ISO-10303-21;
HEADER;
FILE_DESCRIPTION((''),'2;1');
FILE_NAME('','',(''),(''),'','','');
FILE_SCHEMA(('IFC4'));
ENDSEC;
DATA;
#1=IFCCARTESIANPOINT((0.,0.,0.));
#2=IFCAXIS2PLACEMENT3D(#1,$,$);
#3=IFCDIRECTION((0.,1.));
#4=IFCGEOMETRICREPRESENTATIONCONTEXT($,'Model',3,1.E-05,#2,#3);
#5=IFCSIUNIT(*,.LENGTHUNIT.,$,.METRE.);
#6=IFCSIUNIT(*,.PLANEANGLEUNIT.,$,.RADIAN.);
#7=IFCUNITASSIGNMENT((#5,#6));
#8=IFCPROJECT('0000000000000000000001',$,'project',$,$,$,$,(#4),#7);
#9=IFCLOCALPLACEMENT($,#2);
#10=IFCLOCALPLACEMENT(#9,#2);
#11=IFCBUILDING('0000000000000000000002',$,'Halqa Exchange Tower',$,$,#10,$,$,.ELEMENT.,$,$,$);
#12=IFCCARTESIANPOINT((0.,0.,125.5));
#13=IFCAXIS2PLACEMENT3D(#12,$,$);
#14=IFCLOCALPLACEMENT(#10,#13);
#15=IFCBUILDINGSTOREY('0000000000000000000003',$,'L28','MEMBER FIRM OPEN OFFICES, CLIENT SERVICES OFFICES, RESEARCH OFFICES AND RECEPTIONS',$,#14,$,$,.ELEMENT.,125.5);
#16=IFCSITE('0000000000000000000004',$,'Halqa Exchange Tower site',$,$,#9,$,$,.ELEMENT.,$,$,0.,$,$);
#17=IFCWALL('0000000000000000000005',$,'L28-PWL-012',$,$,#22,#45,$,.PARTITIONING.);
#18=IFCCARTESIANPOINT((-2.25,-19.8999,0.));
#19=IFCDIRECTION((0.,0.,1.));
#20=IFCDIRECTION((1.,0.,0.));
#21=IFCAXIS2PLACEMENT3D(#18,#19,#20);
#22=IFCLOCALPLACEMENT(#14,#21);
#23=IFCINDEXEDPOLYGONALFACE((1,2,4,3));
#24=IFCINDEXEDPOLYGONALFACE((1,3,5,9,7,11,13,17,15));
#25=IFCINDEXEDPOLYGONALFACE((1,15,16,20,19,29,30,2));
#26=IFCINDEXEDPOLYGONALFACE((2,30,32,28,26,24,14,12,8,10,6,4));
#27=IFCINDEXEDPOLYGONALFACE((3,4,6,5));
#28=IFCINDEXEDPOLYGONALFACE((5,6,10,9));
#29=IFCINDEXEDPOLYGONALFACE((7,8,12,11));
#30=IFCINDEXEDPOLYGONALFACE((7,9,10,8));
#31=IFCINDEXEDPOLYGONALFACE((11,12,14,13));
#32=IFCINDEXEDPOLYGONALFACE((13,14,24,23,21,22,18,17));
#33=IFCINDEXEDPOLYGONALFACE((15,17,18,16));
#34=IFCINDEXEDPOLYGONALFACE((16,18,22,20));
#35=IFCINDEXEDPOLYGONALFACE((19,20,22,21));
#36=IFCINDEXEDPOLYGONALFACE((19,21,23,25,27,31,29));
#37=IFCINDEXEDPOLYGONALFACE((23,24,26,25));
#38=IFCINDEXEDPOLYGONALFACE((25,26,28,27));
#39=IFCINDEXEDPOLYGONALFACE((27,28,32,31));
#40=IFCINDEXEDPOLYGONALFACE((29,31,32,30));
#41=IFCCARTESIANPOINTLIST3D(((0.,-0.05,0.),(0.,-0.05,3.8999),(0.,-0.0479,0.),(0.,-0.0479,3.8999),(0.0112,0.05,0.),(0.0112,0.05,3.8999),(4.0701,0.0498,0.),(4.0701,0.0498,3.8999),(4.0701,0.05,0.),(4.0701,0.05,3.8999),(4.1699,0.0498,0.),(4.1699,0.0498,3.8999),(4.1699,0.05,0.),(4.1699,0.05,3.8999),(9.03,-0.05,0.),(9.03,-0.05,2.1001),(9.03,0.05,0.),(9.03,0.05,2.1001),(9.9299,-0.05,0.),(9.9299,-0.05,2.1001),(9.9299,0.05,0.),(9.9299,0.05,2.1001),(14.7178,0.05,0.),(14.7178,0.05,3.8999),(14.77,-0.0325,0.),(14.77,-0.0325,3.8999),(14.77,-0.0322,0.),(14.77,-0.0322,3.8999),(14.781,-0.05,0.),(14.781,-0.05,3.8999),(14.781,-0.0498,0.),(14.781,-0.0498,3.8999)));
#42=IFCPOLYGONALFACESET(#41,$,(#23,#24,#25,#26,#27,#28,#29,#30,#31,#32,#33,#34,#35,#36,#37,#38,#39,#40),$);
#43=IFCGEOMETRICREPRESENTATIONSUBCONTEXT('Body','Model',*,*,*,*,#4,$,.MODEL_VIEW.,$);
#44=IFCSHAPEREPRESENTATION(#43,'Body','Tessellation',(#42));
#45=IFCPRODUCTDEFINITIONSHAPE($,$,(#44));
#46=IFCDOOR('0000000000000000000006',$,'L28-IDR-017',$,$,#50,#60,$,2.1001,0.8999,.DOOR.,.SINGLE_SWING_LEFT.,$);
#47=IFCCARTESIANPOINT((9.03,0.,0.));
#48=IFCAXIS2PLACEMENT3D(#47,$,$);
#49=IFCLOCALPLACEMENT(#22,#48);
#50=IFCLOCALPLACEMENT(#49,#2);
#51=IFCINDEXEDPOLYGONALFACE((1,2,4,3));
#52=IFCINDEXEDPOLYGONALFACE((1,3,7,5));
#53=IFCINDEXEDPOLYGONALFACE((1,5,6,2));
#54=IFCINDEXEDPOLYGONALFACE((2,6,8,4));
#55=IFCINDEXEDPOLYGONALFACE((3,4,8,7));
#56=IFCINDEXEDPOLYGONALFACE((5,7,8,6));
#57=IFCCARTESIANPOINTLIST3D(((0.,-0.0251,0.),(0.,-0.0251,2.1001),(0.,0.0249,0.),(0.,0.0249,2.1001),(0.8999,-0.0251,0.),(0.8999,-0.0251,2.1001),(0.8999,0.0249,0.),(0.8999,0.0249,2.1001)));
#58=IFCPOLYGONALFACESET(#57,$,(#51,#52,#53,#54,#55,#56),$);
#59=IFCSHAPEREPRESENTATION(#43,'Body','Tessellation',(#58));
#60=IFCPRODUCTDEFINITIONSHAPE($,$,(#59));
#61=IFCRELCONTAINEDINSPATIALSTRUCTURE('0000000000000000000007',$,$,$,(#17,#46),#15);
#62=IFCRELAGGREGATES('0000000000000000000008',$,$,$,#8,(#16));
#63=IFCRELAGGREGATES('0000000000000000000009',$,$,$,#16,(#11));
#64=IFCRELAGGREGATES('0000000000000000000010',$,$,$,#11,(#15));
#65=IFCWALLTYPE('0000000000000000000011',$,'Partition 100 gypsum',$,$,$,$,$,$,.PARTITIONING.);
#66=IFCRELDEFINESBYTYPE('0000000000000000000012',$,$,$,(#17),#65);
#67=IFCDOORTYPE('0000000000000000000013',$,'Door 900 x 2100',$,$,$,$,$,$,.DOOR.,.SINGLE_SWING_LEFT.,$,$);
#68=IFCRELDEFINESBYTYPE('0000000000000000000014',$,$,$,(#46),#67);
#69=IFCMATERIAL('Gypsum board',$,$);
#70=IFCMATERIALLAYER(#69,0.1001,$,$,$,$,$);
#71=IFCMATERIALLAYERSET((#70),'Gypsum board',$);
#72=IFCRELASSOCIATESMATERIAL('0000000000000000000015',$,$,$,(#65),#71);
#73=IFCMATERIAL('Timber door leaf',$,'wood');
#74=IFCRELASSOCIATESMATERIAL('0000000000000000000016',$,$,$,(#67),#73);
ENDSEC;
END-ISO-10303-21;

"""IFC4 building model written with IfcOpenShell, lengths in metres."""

from ifc_helpers import new_model, si_unit, direction, frame, frame_2d, origin, place, context, subcontext, project, spatial, polyline, rectangle, outline, extrude, material, layer, layer_set, type_object, element, fill, save


model = new_model("IFC4")

# Units and contexts
model_context = context("Model", 3, precision=1e-05, world=origin(), true_north=direction((0.0, 1.0)))
body_context = subcontext(model_context, "Body", "Model", "MODEL_VIEW")
ifc_project = project(units=[si_unit("LENGTHUNIT", "METRE"), si_unit("PLANEANGLEUNIT", "RADIAN")], contexts=[model_context])

# Site, building, storey
site_placement = place(None, origin())
site = spatial("IfcSite", under=ifc_project, at=site_placement, Name="Halqa Exchange Tower site", CompositionType="ELEMENT", RefElevation=0.0)
building_placement = place(site_placement, origin())
building = spatial("IfcBuilding", under=site, at=building_placement, Name="Halqa Exchange Tower", CompositionType="ELEMENT")
storey_placement = place(building_placement, frame((0.0, 0.0, 125.5)))
storey = spatial("IfcBuildingStorey", under=building, at=storey_placement, Name="L28", Description="MEMBER FIRM OPEN OFFICES, CLIENT SERVICES OFFICES, RESEARCH OFFICES AND RECEPTIONS", CompositionType="ELEMENT", Elevation=125.5)

# Wall, opening, door
ifc_material_1 = material(Name="Gypsum board")
ifc_layer_1 = layer(ifc_material_1, 0.1001)
ifc_layer_set_1 = layer_set([ifc_layer_1], Name="Gypsum board")
wall_type_1 = type_object("IfcWallType", Name="Partition 100 gypsum", PredefinedType="PARTITIONING", material=ifc_layer_set_1)
wall_1_placement = place(storey_placement, frame((-2.25, -19.8999, 0.0), z_axis=(0.0, 0.0, 1.0), x_axis=(1.0, 0.0, 0.0)))
wall_1 = element("IfcWall", 1, at=wall_1_placement, inside=storey, type_object=wall_type_1, Name="L28-PWL-012", PredefinedType="PARTITIONING", context=body_context, shape_type="SweptSolid", body=[
    extrude(outline(polyline([(14.781, -0.05), (14.781, -0.0498), (14.77, -0.0322), (14.77, -0.0325), (14.7178, 0.05), (12.96, 0.05), (11.2019, 0.05), (9.4438, 0.05), (7.686, 0.05), (5.928, 0.05), (4.1699, 0.05), (4.1699, 0.0498), (4.0701, 0.0498), (4.0701, 0.05), (2.717, 0.05), (1.3643, 0.05), (0.0112, 0.05), (0.0, -0.0479), (0.0, -0.05), (1.8477, -0.05), (3.6953, -0.05), (5.543, -0.05), (7.3906, -0.05), (9.238, -0.05), (11.0857, -0.05), (12.9333, -0.05), (14.781, -0.05)])), origin(), (0.0, 0.0, 1.0), 3.8999),
])
opening_1_placement = place(wall_1_placement, frame((9.03, 0.0, 0.0)))
opening_1 = element("IfcOpeningElement", 2, at=opening_1_placement, cuts=wall_1, PredefinedType="OPENING", context=body_context, shape_type="SweptSolid", body=[
    extrude(rectangle(XDim=0.8999, YDim=2.1001, at=frame_2d((0.45, 1.05))), frame((0.0, 0.062, 0.0), z_axis=(0.0, -1.0, 0.0), x_axis=(1.0, 0.0, 0.0)), (0.0, 0.0, 1.0), 0.124),
])
ifc_material_2 = material(Name="Timber door leaf", Category="wood")
door_type_1 = type_object("IfcDoorType", Name="Door 900 x 2100", OperationType="SINGLE_SWING_LEFT", PredefinedType="DOOR", material=ifc_material_2)
door_1_placement = place(opening_1_placement, origin())
door_1 = element("IfcDoor", 3, at=door_1_placement, inside=storey, type_object=door_type_1, Name="L28-IDR-017", OperationType="SINGLE_SWING_LEFT", OverallHeight=2.1001, OverallWidth=0.8999, PredefinedType="DOOR", context=body_context, shape_type="SweptSolid", body=[
    extrude(rectangle(XDim=0.8999, YDim=2.1001, at=frame_2d((0.45, 1.05))), frame((0.0, 0.0249, 0.0), z_axis=(0.0, -1.0, 0.0), x_axis=(1.0, 0.0, 0.0)), (0.0, 0.0, 1.0), 0.05),
])
fill(opening_1, door_1)

save(model, "model.ifc")
